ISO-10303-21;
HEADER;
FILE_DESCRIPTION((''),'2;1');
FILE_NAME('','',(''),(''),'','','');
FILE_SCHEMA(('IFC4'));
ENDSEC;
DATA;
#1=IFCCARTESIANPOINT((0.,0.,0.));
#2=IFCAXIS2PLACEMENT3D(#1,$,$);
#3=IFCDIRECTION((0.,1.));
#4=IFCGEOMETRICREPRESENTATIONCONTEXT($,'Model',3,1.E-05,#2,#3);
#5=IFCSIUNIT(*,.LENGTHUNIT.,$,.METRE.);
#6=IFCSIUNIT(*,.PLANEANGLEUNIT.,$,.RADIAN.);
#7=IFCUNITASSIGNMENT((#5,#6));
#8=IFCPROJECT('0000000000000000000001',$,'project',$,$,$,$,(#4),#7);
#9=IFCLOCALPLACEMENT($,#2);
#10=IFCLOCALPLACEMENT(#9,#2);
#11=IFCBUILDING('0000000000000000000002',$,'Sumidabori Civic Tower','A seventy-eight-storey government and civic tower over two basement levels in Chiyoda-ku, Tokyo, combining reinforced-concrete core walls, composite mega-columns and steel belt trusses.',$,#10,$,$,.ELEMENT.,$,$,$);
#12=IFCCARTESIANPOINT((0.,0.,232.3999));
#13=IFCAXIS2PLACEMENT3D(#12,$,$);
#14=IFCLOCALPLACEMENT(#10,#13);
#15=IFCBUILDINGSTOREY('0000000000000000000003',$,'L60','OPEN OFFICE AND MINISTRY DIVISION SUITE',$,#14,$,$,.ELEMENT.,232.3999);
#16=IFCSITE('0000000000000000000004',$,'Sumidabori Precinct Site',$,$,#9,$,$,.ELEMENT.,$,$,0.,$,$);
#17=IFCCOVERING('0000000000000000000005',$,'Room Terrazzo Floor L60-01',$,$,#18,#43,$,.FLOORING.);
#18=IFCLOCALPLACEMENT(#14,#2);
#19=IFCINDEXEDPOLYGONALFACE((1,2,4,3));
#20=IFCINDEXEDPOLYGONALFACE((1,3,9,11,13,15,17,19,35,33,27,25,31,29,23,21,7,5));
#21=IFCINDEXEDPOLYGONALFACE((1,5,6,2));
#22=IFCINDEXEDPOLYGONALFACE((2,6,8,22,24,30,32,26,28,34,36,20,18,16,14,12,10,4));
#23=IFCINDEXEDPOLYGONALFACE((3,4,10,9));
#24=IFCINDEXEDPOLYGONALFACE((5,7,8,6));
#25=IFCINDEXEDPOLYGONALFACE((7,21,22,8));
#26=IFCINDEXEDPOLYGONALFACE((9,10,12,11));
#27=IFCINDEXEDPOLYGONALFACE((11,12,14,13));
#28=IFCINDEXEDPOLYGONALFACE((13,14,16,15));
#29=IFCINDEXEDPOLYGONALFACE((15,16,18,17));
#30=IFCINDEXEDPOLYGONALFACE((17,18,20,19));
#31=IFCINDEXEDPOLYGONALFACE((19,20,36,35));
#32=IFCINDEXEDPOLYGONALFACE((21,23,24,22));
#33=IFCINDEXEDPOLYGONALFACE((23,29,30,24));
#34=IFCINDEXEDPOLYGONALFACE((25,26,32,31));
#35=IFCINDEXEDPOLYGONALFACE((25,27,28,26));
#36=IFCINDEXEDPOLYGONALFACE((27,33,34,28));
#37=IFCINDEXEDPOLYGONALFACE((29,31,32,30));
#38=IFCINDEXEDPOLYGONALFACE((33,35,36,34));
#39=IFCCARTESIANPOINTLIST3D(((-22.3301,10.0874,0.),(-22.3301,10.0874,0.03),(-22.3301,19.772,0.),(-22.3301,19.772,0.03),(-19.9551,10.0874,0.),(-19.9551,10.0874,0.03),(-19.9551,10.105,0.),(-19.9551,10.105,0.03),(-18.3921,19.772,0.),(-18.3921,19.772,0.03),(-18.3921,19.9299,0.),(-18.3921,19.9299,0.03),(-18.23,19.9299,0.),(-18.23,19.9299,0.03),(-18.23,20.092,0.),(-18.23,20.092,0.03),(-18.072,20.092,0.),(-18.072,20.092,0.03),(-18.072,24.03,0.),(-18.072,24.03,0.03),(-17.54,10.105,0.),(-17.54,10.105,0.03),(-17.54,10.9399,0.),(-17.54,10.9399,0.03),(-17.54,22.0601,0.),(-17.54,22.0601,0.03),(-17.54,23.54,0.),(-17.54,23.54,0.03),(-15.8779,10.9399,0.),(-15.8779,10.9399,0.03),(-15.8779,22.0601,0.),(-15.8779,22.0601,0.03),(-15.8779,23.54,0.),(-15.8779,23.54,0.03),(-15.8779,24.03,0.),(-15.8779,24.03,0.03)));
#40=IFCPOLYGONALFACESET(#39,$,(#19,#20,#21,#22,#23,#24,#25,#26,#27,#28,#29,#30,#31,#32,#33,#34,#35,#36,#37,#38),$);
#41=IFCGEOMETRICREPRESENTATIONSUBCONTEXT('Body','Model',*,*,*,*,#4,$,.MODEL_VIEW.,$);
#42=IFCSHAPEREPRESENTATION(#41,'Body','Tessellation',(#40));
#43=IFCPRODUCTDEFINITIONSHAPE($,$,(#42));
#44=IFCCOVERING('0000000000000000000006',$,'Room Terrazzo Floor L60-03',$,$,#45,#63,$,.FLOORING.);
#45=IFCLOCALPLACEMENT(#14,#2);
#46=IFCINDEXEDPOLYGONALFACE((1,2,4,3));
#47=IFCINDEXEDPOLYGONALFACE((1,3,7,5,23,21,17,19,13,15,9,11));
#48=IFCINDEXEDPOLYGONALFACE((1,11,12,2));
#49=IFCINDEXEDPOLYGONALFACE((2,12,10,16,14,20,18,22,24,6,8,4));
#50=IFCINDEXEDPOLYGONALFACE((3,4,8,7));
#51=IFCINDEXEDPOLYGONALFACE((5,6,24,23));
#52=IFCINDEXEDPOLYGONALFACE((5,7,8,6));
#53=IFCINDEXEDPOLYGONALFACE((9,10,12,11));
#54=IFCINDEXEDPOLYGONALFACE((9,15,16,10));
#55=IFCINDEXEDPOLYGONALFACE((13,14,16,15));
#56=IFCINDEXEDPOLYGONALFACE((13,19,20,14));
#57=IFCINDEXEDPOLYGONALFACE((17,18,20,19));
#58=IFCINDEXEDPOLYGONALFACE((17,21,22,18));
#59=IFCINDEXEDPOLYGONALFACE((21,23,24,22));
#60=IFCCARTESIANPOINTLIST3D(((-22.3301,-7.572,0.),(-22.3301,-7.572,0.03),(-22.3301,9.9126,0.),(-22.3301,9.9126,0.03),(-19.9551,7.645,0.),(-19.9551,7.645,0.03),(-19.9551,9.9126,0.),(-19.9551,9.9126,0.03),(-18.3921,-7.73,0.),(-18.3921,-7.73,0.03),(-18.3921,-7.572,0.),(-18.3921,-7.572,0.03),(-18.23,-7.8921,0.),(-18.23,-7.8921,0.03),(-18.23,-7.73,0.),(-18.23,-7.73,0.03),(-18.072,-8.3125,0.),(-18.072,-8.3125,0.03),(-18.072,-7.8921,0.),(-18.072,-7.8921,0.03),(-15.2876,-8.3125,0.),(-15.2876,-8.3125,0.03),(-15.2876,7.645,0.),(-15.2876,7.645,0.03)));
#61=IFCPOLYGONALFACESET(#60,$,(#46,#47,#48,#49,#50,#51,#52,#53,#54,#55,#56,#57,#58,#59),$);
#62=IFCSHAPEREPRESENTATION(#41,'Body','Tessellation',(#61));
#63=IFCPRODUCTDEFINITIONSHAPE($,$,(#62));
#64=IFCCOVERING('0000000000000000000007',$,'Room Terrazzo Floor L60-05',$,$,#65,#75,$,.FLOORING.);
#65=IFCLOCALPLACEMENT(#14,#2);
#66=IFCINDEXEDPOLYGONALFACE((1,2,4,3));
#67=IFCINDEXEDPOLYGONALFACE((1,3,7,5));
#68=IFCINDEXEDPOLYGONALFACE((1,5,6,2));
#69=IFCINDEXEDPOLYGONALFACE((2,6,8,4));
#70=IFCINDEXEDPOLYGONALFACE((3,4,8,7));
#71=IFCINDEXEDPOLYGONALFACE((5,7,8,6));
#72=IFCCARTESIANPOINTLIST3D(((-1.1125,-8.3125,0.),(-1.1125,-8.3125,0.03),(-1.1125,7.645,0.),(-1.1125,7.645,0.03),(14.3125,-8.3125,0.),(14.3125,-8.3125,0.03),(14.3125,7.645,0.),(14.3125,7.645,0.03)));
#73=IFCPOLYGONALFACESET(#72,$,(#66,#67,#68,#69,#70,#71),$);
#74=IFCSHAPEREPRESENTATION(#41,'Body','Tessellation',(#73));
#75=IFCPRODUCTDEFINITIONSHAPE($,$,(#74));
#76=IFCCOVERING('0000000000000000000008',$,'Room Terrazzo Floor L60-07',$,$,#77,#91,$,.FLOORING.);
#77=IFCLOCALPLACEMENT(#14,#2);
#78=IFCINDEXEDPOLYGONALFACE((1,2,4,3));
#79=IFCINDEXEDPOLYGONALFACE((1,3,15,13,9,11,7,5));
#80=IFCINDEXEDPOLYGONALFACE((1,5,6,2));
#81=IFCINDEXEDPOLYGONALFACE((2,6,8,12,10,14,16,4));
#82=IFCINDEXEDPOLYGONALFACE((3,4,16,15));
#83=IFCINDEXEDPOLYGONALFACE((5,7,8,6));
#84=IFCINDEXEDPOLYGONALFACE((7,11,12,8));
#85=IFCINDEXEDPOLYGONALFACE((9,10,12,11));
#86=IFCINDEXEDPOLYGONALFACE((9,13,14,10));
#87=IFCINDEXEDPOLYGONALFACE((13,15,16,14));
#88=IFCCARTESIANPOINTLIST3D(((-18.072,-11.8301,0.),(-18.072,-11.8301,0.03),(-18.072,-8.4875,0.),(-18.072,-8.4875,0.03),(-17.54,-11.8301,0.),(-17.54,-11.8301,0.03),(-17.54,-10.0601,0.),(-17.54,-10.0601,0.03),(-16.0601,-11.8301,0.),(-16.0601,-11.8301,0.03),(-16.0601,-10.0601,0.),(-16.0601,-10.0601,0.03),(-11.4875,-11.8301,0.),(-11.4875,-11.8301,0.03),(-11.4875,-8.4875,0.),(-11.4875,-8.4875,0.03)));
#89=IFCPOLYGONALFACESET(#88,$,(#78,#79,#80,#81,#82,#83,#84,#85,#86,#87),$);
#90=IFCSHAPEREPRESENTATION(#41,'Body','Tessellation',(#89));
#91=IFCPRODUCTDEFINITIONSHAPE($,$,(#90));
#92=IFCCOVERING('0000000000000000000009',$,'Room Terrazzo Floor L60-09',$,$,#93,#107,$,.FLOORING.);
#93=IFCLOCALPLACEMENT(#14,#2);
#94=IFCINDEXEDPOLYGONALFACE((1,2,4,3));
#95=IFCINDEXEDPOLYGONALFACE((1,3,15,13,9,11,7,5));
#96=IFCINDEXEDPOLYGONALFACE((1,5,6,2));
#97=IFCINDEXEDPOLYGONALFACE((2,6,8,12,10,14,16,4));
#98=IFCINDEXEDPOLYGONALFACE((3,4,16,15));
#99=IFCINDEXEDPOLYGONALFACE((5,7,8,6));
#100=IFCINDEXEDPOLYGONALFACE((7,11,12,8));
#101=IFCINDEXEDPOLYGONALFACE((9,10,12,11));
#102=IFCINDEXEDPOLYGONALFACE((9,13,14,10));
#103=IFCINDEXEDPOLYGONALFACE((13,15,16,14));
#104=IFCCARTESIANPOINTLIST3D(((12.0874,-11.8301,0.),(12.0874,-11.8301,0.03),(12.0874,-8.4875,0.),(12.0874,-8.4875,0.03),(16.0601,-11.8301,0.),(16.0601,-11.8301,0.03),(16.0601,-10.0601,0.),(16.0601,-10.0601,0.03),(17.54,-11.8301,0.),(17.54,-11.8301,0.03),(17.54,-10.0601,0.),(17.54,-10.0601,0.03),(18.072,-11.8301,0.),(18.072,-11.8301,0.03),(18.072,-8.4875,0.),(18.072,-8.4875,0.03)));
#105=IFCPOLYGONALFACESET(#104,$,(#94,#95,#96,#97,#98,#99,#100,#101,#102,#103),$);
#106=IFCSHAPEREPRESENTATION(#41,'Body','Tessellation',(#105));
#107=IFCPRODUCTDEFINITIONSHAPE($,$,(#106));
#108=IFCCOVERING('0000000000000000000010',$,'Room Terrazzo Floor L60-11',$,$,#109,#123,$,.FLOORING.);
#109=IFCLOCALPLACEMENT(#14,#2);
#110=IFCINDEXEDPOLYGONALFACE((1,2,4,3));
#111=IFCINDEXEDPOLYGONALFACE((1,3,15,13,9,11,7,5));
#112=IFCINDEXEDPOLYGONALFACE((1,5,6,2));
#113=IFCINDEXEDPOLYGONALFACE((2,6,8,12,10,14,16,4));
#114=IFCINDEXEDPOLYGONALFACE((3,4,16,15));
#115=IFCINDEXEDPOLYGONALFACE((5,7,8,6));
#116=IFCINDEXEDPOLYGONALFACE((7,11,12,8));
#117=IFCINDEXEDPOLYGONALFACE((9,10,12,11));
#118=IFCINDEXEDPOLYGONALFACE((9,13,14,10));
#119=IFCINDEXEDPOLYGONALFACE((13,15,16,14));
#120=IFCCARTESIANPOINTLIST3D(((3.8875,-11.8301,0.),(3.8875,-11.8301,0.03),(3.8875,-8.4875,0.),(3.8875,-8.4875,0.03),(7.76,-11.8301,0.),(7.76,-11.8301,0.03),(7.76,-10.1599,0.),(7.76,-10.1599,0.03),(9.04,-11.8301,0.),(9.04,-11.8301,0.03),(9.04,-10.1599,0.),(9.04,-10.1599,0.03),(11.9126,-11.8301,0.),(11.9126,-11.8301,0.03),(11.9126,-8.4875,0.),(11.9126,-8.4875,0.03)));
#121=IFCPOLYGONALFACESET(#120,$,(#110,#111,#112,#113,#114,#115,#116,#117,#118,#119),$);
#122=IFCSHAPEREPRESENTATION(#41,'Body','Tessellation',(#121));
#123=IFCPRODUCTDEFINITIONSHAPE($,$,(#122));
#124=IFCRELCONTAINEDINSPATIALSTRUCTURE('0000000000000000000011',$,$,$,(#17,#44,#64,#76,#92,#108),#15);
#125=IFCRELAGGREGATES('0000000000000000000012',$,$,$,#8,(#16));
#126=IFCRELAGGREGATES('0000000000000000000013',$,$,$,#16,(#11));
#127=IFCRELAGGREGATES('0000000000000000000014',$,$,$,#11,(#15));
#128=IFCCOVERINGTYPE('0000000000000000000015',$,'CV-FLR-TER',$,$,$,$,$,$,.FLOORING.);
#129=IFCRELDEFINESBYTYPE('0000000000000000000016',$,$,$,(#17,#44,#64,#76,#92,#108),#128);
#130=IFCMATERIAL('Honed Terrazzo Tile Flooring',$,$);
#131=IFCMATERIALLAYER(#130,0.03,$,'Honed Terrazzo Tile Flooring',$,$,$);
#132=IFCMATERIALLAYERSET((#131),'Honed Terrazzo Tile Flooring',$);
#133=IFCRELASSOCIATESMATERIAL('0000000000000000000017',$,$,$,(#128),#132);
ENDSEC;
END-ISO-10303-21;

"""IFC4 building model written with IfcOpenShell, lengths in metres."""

from ifc_helpers import new_model, si_unit, direction, frame, origin, place, context, subcontext, project, spatial, polyline, outline, extrude, material, layer, layer_set, type_object, element, save


model = new_model("IFC4")

# Units and contexts
model_context = context("Model", 3, precision=1e-05, world=origin(), true_north=direction((0.0, 1.0)))
body_context = subcontext(model_context, "Body", "Model", "MODEL_VIEW")
ifc_project = project(units=[si_unit("LENGTHUNIT", "METRE"), si_unit("PLANEANGLEUNIT", "RADIAN")], contexts=[model_context])

# Site, building, storey
site_placement = place(None, origin())
site = spatial("IfcSite", under=ifc_project, at=site_placement, Name="Sumidabori Precinct Site", CompositionType="ELEMENT", RefElevation=0.0)
building_placement = place(site_placement, origin())
building = spatial("IfcBuilding", under=site, at=building_placement, Name="Sumidabori Civic Tower", Description="A seventy-eight-storey government and civic tower over two basement levels in Chiyoda-ku, Tokyo, combining reinforced-concrete core walls, composite mega-columns and steel belt trusses.", CompositionType="ELEMENT")
storey_placement = place(building_placement, frame((0.0, 0.0, 232.3999)))
storey = spatial("IfcBuildingStorey", under=building, at=storey_placement, Name="L60", Description="OPEN OFFICE AND MINISTRY DIVISION SUITE", CompositionType="ELEMENT", Elevation=232.3999)

# Coverings
ifc_material_1 = material(Name="Honed Terrazzo Tile Flooring")
ifc_layer_1 = layer(ifc_material_1, 0.03, Name="Honed Terrazzo Tile Flooring")
ifc_layer_set_1 = layer_set([ifc_layer_1], Name="Honed Terrazzo Tile Flooring")
covering_type_1 = type_object("IfcCoveringType", Name="CV-FLR-TER", PredefinedType="FLOORING", material=ifc_layer_set_1)
covering_1_placement = place(storey_placement, origin())
element("IfcCovering", 1, at=covering_1_placement, inside=storey, type_object=covering_type_1, Name="Room Terrazzo Floor L60-01", PredefinedType="FLOORING", context=body_context, shape_type="SweptSolid", body=[
    extrude(outline(polyline([(-22.3301, 10.0874), (-22.3301, 19.772), (-18.3921, 19.772), (-18.3921, 19.9299), (-18.23, 19.9299), (-18.23, 20.092), (-18.072, 20.092), (-18.072, 24.03), (-15.8779, 24.03), (-15.8779, 23.54), (-17.54, 23.54), (-17.54, 22.0601), (-15.8779, 22.0601), (-15.8779, 10.9399), (-17.54, 10.9399), (-17.54, 10.105), (-19.9551, 10.105), (-19.9551, 10.0874), (-22.3301, 10.0874)])), origin(), (0.0, 0.0, 1.0), 0.03),
])
covering_2_placement = place(storey_placement, origin())
element("IfcCovering", 2, at=covering_2_placement, inside=storey, type_object=covering_type_1, Name="Room Terrazzo Floor L60-03", PredefinedType="FLOORING", context=body_context, shape_type="SweptSolid", body=[
    extrude(outline(polyline([(-22.3301, -7.572), (-22.3301, 9.9126), (-19.9551, 9.9126), (-19.9551, 7.645), (-15.2876, 7.645), (-15.2876, -8.3125), (-18.072, -8.3125), (-18.072, -7.8921), (-18.23, -7.8921), (-18.23, -7.73), (-18.3921, -7.73), (-18.3921, -7.572), (-22.3301, -7.572)])), origin(), (0.0, 0.0, 1.0), 0.03),
])
covering_3_placement = place(storey_placement, origin())
element("IfcCovering", 3, at=covering_3_placement, inside=storey, type_object=covering_type_1, Name="Room Terrazzo Floor L60-05", PredefinedType="FLOORING", context=body_context, shape_type="SweptSolid", body=[
    extrude(outline(polyline([(-1.1125, -8.3125), (-1.1125, 7.645), (14.3125, 7.645), (14.3125, -8.3125), (-1.1125, -8.3125)])), origin(), (0.0, 0.0, 1.0), 0.03),
])
covering_4_placement = place(storey_placement, origin())
element("IfcCovering", 4, at=covering_4_placement, inside=storey, type_object=covering_type_1, Name="Room Terrazzo Floor L60-07", PredefinedType="FLOORING", context=body_context, shape_type="SweptSolid", body=[
    extrude(outline(polyline([(-11.4875, -8.4875), (-11.4875, -11.8301), (-16.0601, -11.8301), (-16.0601, -10.0601), (-17.54, -10.0601), (-17.54, -11.8301), (-18.072, -11.8301), (-18.072, -8.4875), (-11.4875, -8.4875)])), origin(), (0.0, 0.0, 1.0), 0.03),
])
covering_5_placement = place(storey_placement, origin())
element("IfcCovering", 5, at=covering_5_placement, inside=storey, type_object=covering_type_1, Name="Room Terrazzo Floor L60-09", PredefinedType="FLOORING", context=body_context, shape_type="SweptSolid", body=[
    extrude(outline(polyline([(18.072, -8.4875), (18.072, -11.8301), (17.54, -11.8301), (17.54, -10.0601), (16.0601, -10.0601), (16.0601, -11.8301), (12.0874, -11.8301), (12.0874, -8.4875), (18.072, -8.4875)])), origin(), (0.0, 0.0, 1.0), 0.03),
])
covering_6_placement = place(storey_placement, origin())
element("IfcCovering", 6, at=covering_6_placement, inside=storey, type_object=covering_type_1, Name="Room Terrazzo Floor L60-11", PredefinedType="FLOORING", context=body_context, shape_type="SweptSolid", body=[
    extrude(outline(polyline([(11.9126, -8.4875), (11.9126, -11.8301), (9.04, -11.8301), (9.04, -10.1599), (7.76, -10.1599), (7.76, -11.8301), (3.8875, -11.8301), (3.8875, -8.4875), (11.9126, -8.4875)])), origin(), (0.0, 0.0, 1.0), 0.03),
])

save(model, "model.ifc")
